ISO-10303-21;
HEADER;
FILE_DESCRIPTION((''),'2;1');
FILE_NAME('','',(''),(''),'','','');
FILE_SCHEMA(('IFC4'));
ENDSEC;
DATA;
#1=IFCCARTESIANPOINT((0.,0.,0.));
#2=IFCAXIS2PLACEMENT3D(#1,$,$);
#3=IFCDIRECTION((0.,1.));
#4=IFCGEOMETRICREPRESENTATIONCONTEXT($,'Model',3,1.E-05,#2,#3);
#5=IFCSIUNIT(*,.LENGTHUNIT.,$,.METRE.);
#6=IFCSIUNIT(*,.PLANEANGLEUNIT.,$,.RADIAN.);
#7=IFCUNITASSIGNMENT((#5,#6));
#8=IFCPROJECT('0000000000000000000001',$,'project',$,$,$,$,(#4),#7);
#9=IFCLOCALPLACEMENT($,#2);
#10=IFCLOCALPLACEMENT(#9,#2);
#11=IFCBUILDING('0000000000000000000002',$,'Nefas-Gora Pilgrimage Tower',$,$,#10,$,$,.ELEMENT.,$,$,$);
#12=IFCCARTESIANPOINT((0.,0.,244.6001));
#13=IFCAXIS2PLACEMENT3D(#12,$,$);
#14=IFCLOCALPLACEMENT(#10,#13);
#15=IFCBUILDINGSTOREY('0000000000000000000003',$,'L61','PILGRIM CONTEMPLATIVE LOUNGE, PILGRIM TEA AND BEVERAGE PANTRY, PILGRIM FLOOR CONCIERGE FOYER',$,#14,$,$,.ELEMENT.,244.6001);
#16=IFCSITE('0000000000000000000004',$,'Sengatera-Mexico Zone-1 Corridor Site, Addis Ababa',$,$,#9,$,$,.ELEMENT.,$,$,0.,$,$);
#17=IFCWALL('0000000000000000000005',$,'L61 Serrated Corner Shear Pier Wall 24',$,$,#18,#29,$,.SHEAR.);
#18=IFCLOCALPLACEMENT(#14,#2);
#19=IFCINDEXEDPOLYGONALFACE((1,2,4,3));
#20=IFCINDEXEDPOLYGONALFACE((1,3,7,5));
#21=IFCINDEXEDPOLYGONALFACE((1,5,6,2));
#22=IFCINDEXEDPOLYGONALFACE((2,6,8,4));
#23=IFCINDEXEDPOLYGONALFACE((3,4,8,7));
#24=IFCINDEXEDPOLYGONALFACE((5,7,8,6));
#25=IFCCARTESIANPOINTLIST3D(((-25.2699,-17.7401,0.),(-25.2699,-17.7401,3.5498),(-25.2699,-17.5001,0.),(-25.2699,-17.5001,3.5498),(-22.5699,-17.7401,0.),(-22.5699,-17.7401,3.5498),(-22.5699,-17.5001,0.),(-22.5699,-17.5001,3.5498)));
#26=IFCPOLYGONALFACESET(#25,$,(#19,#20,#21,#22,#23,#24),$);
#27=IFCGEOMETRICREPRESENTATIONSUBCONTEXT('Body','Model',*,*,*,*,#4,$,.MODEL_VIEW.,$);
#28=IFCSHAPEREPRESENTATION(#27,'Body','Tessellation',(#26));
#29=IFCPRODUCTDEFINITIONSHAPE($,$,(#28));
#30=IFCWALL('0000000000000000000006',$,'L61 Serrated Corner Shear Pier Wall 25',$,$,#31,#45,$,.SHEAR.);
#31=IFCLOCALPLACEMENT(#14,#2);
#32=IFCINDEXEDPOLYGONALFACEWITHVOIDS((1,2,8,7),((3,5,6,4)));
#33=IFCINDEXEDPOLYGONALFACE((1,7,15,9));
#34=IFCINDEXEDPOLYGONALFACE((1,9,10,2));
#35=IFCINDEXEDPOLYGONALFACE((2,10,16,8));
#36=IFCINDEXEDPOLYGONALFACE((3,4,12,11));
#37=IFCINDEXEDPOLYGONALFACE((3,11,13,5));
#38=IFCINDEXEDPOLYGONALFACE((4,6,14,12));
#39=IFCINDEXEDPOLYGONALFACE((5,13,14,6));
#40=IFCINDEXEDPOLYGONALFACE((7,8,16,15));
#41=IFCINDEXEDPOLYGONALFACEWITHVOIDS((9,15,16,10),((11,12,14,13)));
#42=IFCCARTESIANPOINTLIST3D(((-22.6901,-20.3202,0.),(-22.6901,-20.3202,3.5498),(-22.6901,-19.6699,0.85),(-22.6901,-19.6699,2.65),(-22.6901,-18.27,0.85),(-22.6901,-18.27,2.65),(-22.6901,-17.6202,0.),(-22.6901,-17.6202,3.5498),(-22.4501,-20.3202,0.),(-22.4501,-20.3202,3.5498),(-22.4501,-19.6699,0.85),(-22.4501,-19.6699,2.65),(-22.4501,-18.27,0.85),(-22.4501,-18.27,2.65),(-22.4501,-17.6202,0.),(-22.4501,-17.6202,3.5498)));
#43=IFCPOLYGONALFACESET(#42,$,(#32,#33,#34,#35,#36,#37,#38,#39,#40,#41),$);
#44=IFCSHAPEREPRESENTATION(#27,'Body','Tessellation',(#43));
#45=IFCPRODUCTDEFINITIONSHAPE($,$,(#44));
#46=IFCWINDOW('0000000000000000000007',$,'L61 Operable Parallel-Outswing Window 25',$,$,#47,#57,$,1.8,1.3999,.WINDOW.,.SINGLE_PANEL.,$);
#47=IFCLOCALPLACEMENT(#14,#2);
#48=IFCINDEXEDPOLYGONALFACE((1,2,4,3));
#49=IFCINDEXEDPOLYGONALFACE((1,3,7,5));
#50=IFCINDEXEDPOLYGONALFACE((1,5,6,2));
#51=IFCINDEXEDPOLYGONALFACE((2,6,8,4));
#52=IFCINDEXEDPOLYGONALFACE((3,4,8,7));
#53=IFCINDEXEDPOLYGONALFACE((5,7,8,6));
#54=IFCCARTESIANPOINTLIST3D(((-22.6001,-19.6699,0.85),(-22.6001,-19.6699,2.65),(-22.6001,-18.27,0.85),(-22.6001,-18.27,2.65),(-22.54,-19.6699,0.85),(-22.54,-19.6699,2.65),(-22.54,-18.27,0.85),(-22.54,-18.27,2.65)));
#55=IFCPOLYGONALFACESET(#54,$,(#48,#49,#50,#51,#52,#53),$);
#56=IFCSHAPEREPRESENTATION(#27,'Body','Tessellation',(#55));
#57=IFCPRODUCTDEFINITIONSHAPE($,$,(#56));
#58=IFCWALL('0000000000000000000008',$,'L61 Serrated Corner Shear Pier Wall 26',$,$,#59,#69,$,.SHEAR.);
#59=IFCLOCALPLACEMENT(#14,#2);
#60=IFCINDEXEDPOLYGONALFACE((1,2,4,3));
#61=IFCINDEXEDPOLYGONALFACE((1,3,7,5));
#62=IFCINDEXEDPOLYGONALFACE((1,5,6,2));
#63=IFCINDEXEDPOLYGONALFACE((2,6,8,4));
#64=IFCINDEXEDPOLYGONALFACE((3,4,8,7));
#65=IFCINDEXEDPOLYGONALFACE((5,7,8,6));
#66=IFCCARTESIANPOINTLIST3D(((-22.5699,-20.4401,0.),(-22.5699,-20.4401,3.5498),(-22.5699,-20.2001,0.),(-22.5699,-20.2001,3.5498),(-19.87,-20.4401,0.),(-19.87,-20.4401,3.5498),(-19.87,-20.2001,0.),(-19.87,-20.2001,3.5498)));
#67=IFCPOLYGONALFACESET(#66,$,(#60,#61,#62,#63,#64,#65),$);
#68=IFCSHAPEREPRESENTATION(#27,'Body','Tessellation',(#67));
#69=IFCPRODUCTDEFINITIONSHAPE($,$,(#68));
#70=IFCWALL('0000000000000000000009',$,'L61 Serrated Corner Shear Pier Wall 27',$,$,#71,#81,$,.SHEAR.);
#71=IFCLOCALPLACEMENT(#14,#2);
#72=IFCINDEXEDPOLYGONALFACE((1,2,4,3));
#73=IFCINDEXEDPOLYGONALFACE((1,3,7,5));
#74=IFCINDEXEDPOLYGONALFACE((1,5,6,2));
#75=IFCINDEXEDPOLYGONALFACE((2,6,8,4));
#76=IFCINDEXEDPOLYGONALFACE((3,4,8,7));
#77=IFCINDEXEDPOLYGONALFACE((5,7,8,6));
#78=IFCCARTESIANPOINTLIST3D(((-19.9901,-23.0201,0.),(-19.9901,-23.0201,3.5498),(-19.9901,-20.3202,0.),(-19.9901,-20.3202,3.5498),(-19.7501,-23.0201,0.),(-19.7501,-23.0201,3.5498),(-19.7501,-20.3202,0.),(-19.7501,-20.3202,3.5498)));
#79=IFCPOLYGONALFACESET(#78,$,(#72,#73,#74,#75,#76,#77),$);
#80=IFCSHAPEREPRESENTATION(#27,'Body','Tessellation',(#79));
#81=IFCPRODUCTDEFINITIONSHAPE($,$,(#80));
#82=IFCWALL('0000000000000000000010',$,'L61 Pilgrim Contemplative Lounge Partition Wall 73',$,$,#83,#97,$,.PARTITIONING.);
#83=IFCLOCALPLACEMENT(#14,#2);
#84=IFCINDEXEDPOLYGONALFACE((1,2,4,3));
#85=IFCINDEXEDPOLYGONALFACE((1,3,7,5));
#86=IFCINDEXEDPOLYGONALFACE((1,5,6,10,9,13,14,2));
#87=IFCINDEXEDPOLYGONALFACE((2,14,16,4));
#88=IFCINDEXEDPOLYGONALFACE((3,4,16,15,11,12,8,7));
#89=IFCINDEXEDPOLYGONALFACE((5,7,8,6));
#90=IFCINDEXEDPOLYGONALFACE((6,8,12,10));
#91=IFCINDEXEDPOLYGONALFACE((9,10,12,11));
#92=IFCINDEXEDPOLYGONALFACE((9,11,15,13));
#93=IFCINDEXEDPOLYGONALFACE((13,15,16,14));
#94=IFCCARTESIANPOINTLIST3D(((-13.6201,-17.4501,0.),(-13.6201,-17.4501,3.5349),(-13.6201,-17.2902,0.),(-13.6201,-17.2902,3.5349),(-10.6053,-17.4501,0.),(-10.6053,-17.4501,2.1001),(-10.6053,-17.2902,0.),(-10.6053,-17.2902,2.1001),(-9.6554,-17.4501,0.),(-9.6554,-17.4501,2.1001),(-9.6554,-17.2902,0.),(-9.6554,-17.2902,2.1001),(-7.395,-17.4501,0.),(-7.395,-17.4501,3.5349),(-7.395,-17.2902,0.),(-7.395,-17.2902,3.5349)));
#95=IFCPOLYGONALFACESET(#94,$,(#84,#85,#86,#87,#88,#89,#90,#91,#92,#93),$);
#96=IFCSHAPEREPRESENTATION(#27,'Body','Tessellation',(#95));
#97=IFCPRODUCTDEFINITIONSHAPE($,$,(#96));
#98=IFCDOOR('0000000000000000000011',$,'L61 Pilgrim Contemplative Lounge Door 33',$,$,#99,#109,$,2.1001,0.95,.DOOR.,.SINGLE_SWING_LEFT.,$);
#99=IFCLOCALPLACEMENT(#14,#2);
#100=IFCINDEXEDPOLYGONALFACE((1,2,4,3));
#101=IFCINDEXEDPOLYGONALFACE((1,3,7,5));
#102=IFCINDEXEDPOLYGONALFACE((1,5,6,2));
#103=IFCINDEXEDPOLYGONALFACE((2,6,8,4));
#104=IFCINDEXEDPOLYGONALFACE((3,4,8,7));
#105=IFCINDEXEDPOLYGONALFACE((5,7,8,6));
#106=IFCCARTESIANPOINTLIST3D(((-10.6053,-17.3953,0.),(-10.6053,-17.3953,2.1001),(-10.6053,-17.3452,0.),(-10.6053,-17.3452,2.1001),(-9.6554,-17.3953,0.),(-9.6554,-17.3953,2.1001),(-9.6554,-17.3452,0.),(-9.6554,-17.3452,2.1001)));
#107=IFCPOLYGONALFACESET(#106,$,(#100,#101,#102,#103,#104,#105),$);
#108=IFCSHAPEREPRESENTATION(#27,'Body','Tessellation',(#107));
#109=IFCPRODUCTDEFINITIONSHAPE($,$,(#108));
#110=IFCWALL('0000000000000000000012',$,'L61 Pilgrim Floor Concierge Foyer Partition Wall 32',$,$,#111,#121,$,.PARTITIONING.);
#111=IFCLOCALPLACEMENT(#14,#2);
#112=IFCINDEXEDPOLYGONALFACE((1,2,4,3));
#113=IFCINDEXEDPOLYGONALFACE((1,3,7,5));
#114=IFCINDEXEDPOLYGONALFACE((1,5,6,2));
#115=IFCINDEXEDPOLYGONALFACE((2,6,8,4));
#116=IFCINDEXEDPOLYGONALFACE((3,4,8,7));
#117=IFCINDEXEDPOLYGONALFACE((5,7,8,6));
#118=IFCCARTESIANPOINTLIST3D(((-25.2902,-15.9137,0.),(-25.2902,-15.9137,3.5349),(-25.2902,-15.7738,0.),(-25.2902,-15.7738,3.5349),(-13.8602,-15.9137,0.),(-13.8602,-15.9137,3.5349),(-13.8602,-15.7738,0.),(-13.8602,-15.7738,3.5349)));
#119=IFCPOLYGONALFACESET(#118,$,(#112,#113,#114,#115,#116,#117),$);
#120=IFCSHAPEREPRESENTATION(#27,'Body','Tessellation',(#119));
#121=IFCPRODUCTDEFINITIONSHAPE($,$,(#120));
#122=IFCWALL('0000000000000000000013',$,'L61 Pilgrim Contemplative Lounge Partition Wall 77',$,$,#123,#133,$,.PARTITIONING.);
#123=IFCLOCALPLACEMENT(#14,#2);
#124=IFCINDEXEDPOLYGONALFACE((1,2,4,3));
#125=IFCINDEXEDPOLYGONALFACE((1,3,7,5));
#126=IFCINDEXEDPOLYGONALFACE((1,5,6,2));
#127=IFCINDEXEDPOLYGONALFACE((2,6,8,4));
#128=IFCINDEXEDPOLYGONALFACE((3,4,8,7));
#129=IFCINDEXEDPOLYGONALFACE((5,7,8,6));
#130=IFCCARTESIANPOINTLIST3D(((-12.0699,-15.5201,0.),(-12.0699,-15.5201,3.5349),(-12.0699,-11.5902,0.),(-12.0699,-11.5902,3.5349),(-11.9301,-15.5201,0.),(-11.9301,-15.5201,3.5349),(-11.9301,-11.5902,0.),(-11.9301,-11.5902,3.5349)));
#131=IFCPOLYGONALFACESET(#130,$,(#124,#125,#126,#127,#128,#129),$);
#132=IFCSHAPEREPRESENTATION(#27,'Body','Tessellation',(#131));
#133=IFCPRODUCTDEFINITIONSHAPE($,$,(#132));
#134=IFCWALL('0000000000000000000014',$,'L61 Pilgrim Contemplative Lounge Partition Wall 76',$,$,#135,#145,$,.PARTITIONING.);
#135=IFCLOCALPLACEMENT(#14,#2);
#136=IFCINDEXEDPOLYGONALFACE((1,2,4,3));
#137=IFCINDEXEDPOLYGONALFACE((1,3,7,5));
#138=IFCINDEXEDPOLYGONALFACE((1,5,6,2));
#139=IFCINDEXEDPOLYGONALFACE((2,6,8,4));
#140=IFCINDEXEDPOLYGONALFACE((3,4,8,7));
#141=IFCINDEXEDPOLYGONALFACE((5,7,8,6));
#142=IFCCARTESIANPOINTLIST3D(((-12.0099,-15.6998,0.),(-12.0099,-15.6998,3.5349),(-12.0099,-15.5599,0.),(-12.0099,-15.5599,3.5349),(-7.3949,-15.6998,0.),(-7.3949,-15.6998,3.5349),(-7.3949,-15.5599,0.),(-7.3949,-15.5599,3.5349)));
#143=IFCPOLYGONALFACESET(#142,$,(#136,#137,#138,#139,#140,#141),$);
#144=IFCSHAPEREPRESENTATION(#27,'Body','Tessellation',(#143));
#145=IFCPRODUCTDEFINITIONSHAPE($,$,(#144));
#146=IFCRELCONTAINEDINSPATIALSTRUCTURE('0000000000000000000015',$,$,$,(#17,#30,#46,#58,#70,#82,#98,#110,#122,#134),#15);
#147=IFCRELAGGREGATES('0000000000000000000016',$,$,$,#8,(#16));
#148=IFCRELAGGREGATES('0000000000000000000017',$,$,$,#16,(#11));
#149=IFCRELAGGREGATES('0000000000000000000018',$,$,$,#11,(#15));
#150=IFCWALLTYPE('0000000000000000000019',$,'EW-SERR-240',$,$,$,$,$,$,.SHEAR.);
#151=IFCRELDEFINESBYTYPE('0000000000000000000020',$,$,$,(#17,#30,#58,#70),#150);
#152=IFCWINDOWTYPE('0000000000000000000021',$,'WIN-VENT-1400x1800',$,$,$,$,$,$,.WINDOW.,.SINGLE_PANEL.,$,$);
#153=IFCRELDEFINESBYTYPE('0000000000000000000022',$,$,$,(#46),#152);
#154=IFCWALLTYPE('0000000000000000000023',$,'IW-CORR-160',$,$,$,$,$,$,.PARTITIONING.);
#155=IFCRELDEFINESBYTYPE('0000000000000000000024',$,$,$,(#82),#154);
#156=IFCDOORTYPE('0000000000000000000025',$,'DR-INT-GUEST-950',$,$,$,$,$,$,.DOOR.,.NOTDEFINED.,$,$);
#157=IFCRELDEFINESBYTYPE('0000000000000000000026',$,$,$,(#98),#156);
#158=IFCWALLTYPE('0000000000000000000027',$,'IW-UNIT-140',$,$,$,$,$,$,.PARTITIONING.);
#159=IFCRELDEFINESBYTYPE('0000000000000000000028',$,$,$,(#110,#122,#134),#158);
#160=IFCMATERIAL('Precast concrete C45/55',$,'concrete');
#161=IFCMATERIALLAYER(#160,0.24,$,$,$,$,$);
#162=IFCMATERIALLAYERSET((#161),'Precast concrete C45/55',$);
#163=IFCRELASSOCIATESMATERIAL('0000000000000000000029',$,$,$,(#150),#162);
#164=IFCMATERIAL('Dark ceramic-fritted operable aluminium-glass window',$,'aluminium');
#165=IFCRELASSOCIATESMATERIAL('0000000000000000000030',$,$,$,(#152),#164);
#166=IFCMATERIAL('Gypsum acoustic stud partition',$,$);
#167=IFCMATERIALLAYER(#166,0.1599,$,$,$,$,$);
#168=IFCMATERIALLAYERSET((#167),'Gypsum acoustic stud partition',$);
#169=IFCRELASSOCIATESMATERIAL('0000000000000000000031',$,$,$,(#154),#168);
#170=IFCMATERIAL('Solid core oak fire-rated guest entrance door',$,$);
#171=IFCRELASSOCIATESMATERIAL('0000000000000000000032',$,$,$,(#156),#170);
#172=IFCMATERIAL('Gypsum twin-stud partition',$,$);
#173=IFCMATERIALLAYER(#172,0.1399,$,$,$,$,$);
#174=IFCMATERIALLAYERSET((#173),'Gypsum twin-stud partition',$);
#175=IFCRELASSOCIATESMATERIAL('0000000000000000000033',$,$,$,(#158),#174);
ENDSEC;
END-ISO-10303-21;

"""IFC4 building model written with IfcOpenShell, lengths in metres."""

from ifc_helpers import new_model, si_unit, direction, frame, frame_2d, origin, place, context, subcontext, project, spatial, rectangle, extrude, source, transform, mapped, material, layer, layer_set, type_object, element, fill, save


model = new_model("IFC4")

# Units and contexts
model_context = context("Model", 3, precision=1e-05, world=origin(), true_north=direction((0.0, 1.0)))
body_context = subcontext(model_context, "Body", "Model", "MODEL_VIEW")
ifc_project = project(units=[si_unit("LENGTHUNIT", "METRE"), si_unit("PLANEANGLEUNIT", "RADIAN")], contexts=[model_context])

# Site, building, storey
site_placement = place(None, origin())
site = spatial("IfcSite", under=ifc_project, at=site_placement, Name="Sengatera-Mexico Zone-1 Corridor Site, Addis Ababa", CompositionType="ELEMENT", RefElevation=0.0)
building_placement = place(site_placement, origin())
building = spatial("IfcBuilding", under=site, at=building_placement, Name="Nefas-Gora Pilgrimage Tower", CompositionType="ELEMENT")
storey_placement = place(building_placement, frame((0.0, 0.0, 244.6001)))
storey = spatial("IfcBuildingStorey", under=building, at=storey_placement, Name="L61", Description="PILGRIM CONTEMPLATIVE LOUNGE, PILGRIM TEA AND BEVERAGE PANTRY, PILGRIM FLOOR CONCIERGE FOYER", CompositionType="ELEMENT", Elevation=244.6001)

# Wall
ifc_material_1 = material(Name="Precast concrete C45/55", Category="concrete")
ifc_layer_1 = layer(ifc_material_1, 0.24)
ifc_layer_set_1 = layer_set([ifc_layer_1], Name="Precast concrete C45/55")
wall_type_1 = type_object("IfcWallType", Name="EW-SERR-240", PredefinedType="SHEAR", material=ifc_layer_set_1)
shared_shape_1 = source(origin(), body_context, "Body", "SweptSolid", [
    extrude(rectangle(XDim=2.7, YDim=0.24, at=frame_2d((1.3501, 0.0))), origin(), (0.0, 0.0, 1.0), 3.5498),
])
wall_1_placement = place(storey_placement, frame((-25.27, -17.6201, 0.0), z_axis=(0.0, 0.0, 1.0), x_axis=(1.0, 0.0, 0.0)))
element("IfcWall", 1, at=wall_1_placement, inside=storey, type_object=wall_type_1, Name="L61 Serrated Corner Shear Pier Wall 24", PredefinedType="SHEAR", context=body_context, shape_type="MappedRepresentation", body=[
    mapped(shared_shape_1, transform((0.0, 0.0, 0.0), x_axis=(1.0, 0.0, 0.0), y_axis=(0.0, 1.0, 0.0), z_axis=(0.0, 0.0, 1.0), scale=1.0)),
])

# Wall, opening, window
wall_2_placement = place(storey_placement, frame((-22.5701, -17.6201, 0.0), z_axis=(0.0, 0.0, 1.0), x_axis=(0.0, -1.0, 0.0)))
wall_2 = element("IfcWall", 2, at=wall_2_placement, inside=storey, type_object=wall_type_1, Name="L61 Serrated Corner Shear Pier Wall 25", PredefinedType="SHEAR", context=body_context, shape_type="MappedRepresentation", body=[
    mapped(shared_shape_1, transform((0.0, 0.0, 0.0), x_axis=(1.0, 0.0, 0.0), y_axis=(0.0, 1.0, 0.0), z_axis=(0.0, 0.0, 1.0), scale=1.0)),
])
opening_1_placement = place(wall_2_placement, frame((0.6499, 0.0, 0.8501)))
opening_1 = element("IfcOpeningElement", 3, at=opening_1_placement, cuts=wall_2, PredefinedType="OPENING", context=body_context, shape_type="SweptSolid", body=[
    extrude(rectangle(XDim=1.3999, YDim=1.8, at=frame_2d((0.7, 0.8999))), frame((0.0, 0.1299, 0.0), z_axis=(0.0, -1.0, 0.0), x_axis=(1.0, 0.0, 0.0)), (0.0, 0.0, 1.0), 0.26),
])
ifc_material_2 = material(Name="Dark ceramic-fritted operable aluminium-glass window", Category="aluminium")
window_type = type_object("IfcWindowType", Name="WIN-VENT-1400x1800", PartitioningType="SINGLE_PANEL", PredefinedType="WINDOW", material=ifc_material_2)
shared_shape_2 = source(origin(), body_context, "Body", "SweptSolid", [
    extrude(rectangle(XDim=1.3999, YDim=1.8, at=frame_2d((0.7, 0.8999))), frame((0.0, 0.03, 0.0), z_axis=(0.0, -1.0, 0.0), x_axis=(1.0, 0.0, 0.0)), (0.0, 0.0, 1.0), 0.0601),
])
window_placement = place(opening_1_placement, origin())
window = element("IfcWindow", 4, at=window_placement, inside=storey, type_object=window_type, Name="L61 Operable Parallel-Outswing Window 25", OverallHeight=1.8, OverallWidth=1.3999, PartitioningType="SINGLE_PANEL", PredefinedType="WINDOW", context=body_context, shape_type="MappedRepresentation", body=[
    mapped(shared_shape_2, transform((0.0, 0.0, 0.0), x_axis=(1.0, 0.0, 0.0), y_axis=(0.0, 1.0, 0.0), z_axis=(0.0, 0.0, 1.0), scale=1.0)),
])
fill(opening_1, window)

# Walls
for number, where, z_axis, x_axis, name in (
    (5, (-22.5701, -20.3201, 0.0), (0.0, 0.0, 1.0), (1.0, 0.0, 0.0), "L61 Serrated Corner Shear Pier Wall 26"),
    (6, (-19.8701, -20.3201, 0.0), (0.0, 0.0, 1.0), (0.0, -1.0, 0.0), "L61 Serrated Corner Shear Pier Wall 27"),
):
    element("IfcWall", number, at=place(storey_placement, frame(where, z_axis=z_axis, x_axis=x_axis)), inside=storey, type_object=wall_type_1, Name=name, PredefinedType="SHEAR", context=body_context, shape_type="MappedRepresentation", body=[
        mapped(shared_shape_1, transform((0.0, 0.0, 0.0), x_axis=(1.0, 0.0, 0.0), y_axis=(0.0, 1.0, 0.0), z_axis=(0.0, 0.0, 1.0), scale=1.0)),
    ])

# Wall, opening, door
ifc_material_3 = material(Name="Gypsum acoustic stud partition")
ifc_layer_2 = layer(ifc_material_3, 0.1599)
ifc_layer_set_2 = layer_set([ifc_layer_2], Name="Gypsum acoustic stud partition")
wall_type_2 = type_object("IfcWallType", Name="IW-CORR-160", PredefinedType="PARTITIONING", material=ifc_layer_set_2)
shared_shape_3 = source(origin(), body_context, "Body", "SweptSolid", [
    extrude(rectangle(XDim=6.2251, YDim=0.1599, at=frame_2d((3.1125, 0.0))), origin(), (0.0, 0.0, 1.0), 3.5349),
])
wall_3_placement = place(storey_placement, frame((-13.6201, -17.3701, 0.0), z_axis=(0.0, 0.0, 1.0), x_axis=(1.0, 0.0, 0.0)))
wall_3 = element("IfcWall", 7, at=wall_3_placement, inside=storey, type_object=wall_type_2, Name="L61 Pilgrim Contemplative Lounge Partition Wall 73", PredefinedType="PARTITIONING", context=body_context, shape_type="MappedRepresentation", body=[
    mapped(shared_shape_3, transform((0.0, 0.0, 0.0), x_axis=(1.0, 0.0, 0.0), y_axis=(0.0, 1.0, 0.0), z_axis=(0.0, 0.0, 1.0), scale=1.0)),
])
opening_2_placement = place(wall_3_placement, frame((3.0146, 0.0, 0.0)))
opening_2 = element("IfcOpeningElement", 8, at=opening_2_placement, cuts=wall_3, PredefinedType="OPENING", context=body_context, shape_type="SweptSolid", body=[
    extrude(rectangle(XDim=0.95, YDim=2.1001, at=frame_2d((0.4751, 1.05))), frame((0.0, 0.0898, 0.0), z_axis=(0.0, -1.0, 0.0), x_axis=(1.0, 0.0, 0.0)), (0.0, 0.0, 1.0), 0.1799),
])
ifc_material_4 = material(Name="Solid core oak fire-rated guest entrance door")
door_type = type_object("IfcDoorType", Name="DR-INT-GUEST-950", OperationType="NOTDEFINED", PredefinedType="DOOR", material=ifc_material_4)
shared_shape_4 = source(origin(), body_context, "Body", "SweptSolid", [
    extrude(rectangle(XDim=0.95, YDim=2.1001, at=frame_2d((0.4751, 1.05))), frame((0.0, 0.0249, 0.0), z_axis=(0.0, -1.0, 0.0), x_axis=(1.0, 0.0, 0.0)), (0.0, 0.0, 1.0), 0.05),
])
door_1_placement = place(opening_2_placement, origin())
door_1 = element("IfcDoor", 9, at=door_1_placement, inside=storey, type_object=door_type, Name="L61 Pilgrim Contemplative Lounge Door 33", OperationType="SINGLE_SWING_LEFT", OverallHeight=2.1001, OverallWidth=0.95, PredefinedType="DOOR", context=body_context, shape_type="MappedRepresentation", body=[
    mapped(shared_shape_4, transform((0.0, 0.0, 0.0), x_axis=(1.0, 0.0, 0.0), y_axis=(0.0, 1.0, 0.0), z_axis=(0.0, 0.0, 1.0), scale=1.0)),
])
fill(opening_2, door_1)

# Walls
ifc_material_5 = material(Name="Gypsum twin-stud partition")
ifc_layer_3 = layer(ifc_material_5, 0.1399)
ifc_layer_set_3 = layer_set([ifc_layer_3], Name="Gypsum twin-stud partition")
wall_type_3 = type_object("IfcWallType", Name="IW-UNIT-140", PredefinedType="PARTITIONING", material=ifc_layer_set_3)
shared_shape_5 = source(origin(), body_context, "Body", "SweptSolid", [
    extrude(rectangle(XDim=11.4299, YDim=0.1399, at=frame_2d((5.7148, 0.0))), origin(), (0.0, 0.0, 1.0), 3.5349),
])
wall_4_placement = place(storey_placement, frame((-25.29, -15.8438, 0.0), z_axis=(0.0, 0.0, 1.0), x_axis=(1.0, 0.0, 0.0)))
element("IfcWall", 10, at=wall_4_placement, inside=storey, type_object=wall_type_3, Name="L61 Pilgrim Floor Concierge Foyer Partition Wall 32", PredefinedType="PARTITIONING", context=body_context, shape_type="MappedRepresentation", body=[
    mapped(shared_shape_5, transform((0.0, 0.0, 0.0), x_axis=(1.0, 0.0, 0.0), y_axis=(0.0, 1.0, 0.0), z_axis=(0.0, 0.0, 1.0), scale=1.0)),
])
shared_shape_6 = source(origin(), body_context, "Body", "SweptSolid", [
    extrude(rectangle(XDim=3.9299, YDim=0.1399, at=frame_2d((1.9648, 0.0))), origin(), (0.0, 0.0, 1.0), 3.5349),
])
wall_5_placement = place(storey_placement, frame((-12.0, -15.52, 0.0), z_axis=(0.0, 0.0, 1.0), x_axis=(0.0, 1.0, 0.0)))
element("IfcWall", 11, at=wall_5_placement, inside=storey, type_object=wall_type_3, Name="L61 Pilgrim Contemplative Lounge Partition Wall 77", PredefinedType="PARTITIONING", context=body_context, shape_type="MappedRepresentation", body=[
    mapped(shared_shape_6, transform((0.0, 0.0, 0.0), x_axis=(1.0, 0.0, 0.0), y_axis=(0.0, 1.0, 0.0), z_axis=(0.0, 0.0, 1.0), scale=1.0)),
])
shared_shape_7 = source(origin(), body_context, "Body", "SweptSolid", [
    extrude(rectangle(XDim=4.615, YDim=0.1399, at=frame_2d((2.3076, 0.0))), origin(), (0.0, 0.0, 1.0), 3.5349),
])
wall_6_placement = place(storey_placement, frame((-12.01, -15.6299, 0.0), z_axis=(0.0, 0.0, 1.0), x_axis=(1.0, 0.0, 0.0)))
element("IfcWall", 12, at=wall_6_placement, inside=storey, type_object=wall_type_3, Name="L61 Pilgrim Contemplative Lounge Partition Wall 76", PredefinedType="PARTITIONING", context=body_context, shape_type="MappedRepresentation", body=[
    mapped(shared_shape_7, transform((0.0, 0.0, 0.0), x_axis=(1.0, 0.0, 0.0), y_axis=(0.0, 1.0, 0.0), z_axis=(0.0, 0.0, 1.0), scale=1.0)),
])

save(model, "model.ifc")
